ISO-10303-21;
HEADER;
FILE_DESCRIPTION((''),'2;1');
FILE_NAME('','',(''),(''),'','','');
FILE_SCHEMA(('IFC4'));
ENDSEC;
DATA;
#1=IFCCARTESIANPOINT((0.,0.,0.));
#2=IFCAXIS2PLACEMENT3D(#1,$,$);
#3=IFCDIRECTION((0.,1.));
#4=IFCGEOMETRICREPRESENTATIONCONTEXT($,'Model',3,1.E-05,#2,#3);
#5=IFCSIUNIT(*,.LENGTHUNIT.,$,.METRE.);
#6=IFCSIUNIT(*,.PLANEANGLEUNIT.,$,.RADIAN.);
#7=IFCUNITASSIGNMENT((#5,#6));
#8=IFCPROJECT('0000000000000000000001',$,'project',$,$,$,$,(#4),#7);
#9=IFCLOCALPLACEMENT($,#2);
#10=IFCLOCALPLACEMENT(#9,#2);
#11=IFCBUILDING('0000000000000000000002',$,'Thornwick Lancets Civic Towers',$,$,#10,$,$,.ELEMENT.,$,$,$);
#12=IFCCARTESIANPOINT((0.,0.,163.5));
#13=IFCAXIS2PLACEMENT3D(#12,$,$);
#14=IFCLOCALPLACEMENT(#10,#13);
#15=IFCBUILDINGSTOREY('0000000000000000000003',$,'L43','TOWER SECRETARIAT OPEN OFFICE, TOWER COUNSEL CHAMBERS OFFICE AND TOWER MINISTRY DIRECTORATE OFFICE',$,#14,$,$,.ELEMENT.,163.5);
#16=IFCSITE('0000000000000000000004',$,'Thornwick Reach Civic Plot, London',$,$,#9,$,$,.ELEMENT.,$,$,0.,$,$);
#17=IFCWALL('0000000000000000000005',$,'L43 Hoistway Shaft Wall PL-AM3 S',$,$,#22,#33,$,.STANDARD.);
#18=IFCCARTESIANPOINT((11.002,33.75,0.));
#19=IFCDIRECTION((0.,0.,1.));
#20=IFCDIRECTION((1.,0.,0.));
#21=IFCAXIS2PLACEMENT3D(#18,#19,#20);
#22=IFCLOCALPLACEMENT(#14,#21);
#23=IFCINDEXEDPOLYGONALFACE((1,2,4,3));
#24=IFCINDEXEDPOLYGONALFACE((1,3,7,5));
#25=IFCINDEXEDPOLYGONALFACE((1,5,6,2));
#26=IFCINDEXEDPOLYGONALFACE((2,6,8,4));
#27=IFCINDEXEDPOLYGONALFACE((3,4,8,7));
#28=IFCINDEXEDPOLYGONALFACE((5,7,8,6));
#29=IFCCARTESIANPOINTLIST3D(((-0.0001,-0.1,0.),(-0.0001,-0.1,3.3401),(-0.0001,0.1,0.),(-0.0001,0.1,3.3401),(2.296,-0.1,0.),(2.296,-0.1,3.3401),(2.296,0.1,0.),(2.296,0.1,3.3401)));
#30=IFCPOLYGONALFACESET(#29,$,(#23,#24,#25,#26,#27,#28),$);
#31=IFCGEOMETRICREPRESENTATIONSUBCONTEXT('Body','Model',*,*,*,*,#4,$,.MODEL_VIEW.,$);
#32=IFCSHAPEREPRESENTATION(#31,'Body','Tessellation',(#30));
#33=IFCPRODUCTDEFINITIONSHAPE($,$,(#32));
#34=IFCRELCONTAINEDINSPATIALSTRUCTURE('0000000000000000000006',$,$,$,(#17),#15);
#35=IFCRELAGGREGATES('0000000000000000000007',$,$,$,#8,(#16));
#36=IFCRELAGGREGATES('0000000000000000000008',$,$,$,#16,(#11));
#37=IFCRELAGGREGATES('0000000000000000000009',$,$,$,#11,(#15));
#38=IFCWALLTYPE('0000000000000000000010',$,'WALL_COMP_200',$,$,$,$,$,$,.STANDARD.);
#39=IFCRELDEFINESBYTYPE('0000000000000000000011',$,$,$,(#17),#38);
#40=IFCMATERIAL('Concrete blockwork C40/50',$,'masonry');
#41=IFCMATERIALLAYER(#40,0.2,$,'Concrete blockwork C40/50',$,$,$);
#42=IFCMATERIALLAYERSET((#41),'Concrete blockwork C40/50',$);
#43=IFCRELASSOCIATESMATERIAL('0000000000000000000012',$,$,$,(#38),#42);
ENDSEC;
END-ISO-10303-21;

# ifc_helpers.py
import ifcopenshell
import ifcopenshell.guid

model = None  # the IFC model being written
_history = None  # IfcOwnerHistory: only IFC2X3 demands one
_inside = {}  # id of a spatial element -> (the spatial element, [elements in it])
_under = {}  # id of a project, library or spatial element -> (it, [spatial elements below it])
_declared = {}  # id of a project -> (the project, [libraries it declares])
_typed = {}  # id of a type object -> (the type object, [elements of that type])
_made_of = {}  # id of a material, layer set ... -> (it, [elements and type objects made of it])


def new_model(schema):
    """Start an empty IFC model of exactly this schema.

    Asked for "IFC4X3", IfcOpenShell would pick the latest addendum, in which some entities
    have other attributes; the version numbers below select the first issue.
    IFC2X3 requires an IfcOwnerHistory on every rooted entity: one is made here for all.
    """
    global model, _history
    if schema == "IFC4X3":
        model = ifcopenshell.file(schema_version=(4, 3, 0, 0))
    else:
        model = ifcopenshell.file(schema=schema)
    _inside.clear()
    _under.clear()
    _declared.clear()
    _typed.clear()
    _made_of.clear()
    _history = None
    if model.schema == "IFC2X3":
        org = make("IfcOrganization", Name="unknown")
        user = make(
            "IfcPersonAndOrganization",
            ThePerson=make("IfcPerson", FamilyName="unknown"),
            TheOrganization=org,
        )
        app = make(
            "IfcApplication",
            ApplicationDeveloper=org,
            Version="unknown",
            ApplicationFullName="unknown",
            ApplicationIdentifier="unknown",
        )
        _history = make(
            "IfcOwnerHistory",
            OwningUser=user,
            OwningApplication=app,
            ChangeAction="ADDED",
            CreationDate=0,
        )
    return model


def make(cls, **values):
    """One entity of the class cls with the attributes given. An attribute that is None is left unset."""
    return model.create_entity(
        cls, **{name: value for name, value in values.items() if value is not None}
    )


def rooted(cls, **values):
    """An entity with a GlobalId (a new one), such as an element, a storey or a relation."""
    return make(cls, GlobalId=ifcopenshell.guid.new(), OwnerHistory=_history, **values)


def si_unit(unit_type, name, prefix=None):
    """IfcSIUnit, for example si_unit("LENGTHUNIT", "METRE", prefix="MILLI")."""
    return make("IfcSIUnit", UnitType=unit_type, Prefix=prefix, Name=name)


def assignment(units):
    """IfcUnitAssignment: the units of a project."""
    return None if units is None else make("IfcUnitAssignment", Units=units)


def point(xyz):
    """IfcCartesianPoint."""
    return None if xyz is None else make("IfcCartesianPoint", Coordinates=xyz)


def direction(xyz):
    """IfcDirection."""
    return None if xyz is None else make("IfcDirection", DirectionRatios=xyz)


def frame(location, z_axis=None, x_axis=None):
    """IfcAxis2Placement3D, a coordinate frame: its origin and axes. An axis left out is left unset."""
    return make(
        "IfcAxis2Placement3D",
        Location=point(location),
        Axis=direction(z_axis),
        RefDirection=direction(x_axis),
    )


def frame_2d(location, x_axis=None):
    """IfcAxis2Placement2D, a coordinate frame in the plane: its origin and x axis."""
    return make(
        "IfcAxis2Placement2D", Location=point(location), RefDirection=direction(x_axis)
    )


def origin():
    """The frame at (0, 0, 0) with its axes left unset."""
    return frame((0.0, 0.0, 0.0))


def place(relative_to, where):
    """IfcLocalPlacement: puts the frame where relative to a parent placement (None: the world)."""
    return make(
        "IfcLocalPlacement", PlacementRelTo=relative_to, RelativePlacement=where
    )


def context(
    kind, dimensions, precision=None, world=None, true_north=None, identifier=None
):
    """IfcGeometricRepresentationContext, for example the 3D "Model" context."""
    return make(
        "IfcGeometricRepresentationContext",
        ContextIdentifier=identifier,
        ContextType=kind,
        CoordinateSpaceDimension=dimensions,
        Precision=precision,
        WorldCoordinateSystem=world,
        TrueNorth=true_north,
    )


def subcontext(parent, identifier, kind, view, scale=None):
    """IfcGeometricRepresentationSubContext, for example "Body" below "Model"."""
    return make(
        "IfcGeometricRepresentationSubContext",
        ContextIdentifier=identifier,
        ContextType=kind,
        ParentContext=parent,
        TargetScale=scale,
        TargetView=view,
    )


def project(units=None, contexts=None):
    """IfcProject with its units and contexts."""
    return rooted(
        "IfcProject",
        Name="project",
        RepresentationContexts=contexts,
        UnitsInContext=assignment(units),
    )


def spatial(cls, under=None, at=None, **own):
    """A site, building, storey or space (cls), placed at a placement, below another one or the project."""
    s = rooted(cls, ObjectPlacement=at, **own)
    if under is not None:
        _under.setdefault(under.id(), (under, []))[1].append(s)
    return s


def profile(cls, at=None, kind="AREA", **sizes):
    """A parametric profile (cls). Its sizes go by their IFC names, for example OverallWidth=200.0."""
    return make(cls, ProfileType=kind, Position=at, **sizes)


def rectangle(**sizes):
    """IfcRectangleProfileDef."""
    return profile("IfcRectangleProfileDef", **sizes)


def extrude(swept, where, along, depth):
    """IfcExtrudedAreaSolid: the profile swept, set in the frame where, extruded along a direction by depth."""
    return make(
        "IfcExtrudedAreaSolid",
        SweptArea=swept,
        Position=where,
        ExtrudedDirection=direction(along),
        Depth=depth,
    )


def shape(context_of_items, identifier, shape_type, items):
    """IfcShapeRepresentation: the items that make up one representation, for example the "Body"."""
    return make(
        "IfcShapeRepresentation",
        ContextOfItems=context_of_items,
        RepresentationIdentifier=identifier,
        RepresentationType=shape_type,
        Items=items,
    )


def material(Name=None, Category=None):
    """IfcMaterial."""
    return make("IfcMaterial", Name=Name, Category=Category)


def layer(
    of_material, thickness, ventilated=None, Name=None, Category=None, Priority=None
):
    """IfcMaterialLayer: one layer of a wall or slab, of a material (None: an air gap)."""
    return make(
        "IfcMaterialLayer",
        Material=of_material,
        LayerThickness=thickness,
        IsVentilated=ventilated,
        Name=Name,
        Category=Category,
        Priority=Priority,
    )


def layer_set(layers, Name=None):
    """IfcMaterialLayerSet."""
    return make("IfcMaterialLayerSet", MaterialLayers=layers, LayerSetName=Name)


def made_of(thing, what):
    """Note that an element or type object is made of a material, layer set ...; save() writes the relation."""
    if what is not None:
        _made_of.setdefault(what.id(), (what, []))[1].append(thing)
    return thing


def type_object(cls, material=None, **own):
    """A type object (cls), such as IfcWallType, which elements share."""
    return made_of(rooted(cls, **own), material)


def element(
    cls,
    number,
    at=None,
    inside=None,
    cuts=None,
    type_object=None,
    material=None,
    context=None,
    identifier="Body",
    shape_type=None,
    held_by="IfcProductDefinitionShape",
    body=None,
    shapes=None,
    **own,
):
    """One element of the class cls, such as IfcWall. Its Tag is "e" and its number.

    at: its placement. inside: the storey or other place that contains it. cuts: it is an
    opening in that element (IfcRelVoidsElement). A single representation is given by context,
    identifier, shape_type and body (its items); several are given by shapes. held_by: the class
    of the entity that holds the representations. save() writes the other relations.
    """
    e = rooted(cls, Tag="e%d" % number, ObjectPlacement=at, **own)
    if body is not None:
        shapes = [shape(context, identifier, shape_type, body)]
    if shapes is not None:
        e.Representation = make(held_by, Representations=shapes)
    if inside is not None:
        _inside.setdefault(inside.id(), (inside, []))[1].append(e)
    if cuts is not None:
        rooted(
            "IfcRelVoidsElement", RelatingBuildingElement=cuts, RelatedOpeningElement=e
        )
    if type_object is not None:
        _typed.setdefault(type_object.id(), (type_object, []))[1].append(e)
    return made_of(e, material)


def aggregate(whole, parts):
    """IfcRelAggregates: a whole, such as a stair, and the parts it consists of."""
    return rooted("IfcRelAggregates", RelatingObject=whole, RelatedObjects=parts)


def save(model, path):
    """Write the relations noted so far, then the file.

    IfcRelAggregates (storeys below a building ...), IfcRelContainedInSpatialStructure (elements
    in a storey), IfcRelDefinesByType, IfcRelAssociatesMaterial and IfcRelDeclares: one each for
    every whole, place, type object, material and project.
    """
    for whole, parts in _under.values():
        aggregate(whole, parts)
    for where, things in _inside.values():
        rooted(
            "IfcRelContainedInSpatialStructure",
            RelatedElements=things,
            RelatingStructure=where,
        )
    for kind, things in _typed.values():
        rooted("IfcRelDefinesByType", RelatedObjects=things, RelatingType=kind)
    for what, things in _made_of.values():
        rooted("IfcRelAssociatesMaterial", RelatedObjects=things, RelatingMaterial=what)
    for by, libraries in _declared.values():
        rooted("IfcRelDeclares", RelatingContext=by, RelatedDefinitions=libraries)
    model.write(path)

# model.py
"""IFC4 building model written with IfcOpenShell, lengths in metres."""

from ifc_helpers import new_model, si_unit, direction, frame, frame_2d, origin, place, context, subcontext, project, spatial, rectangle, extrude, material, layer, layer_set, type_object, element, save


model = new_model("IFC4")

# Units and contexts
model_context = context("Model", 3, precision=1e-05, world=origin(), true_north=direction((0.0, 1.0)))
body_context = subcontext(model_context, "Body", "Model", "MODEL_VIEW")
ifc_project = project(units=[si_unit("LENGTHUNIT", "METRE"), si_unit("PLANEANGLEUNIT", "RADIAN")], contexts=[model_context])

# Site, building, storey
site_placement = place(None, origin())
site = spatial("IfcSite", under=ifc_project, at=site_placement, Name="Thornwick Reach Civic Plot, London", CompositionType="ELEMENT", RefElevation=0.0)
building_placement = place(site_placement, origin())
building = spatial("IfcBuilding", under=site, at=building_placement, Name="Thornwick Lancets Civic Towers", CompositionType="ELEMENT")
storey_placement = place(building_placement, frame((0.0, 0.0, 163.5)))
storey = spatial("IfcBuildingStorey", under=building, at=storey_placement, Name="L43", Description="TOWER SECRETARIAT OPEN OFFICE, TOWER COUNSEL CHAMBERS OFFICE AND TOWER MINISTRY DIRECTORATE OFFICE", CompositionType="ELEMENT", Elevation=163.5)

# Shared definitions
ifc_material_1 = material(Name="Concrete blockwork C40/50", Category="masonry")
ifc_layer_1 = layer(ifc_material_1, 0.2, Name="Concrete blockwork C40/50")
ifc_layer_set_1 = layer_set([ifc_layer_1], Name="Concrete blockwork C40/50")
wall_type_1 = type_object("IfcWallType", Name="WALL_COMP_200", PredefinedType="STANDARD", material=ifc_layer_set_1)

# Wall
wall_1_placement = place(storey_placement, frame((11.002, 33.75, 0.0), z_axis=(0.0, 0.0, 1.0), x_axis=(1.0, 0.0, 0.0)))
element("IfcWall", 1, at=wall_1_placement, inside=storey, type_object=wall_type_1, Name="L43 Hoistway Shaft Wall PL-AM3 S", PredefinedType="STANDARD", context=body_context, shape_type="SweptSolid", body=[
    extrude(rectangle(XDim=2.2961, YDim=0.2, at=frame_2d((1.1479, 0.0))), origin(), (0.0, 0.0, 1.0), 3.3401),
])

save(model, "model.ifc")
